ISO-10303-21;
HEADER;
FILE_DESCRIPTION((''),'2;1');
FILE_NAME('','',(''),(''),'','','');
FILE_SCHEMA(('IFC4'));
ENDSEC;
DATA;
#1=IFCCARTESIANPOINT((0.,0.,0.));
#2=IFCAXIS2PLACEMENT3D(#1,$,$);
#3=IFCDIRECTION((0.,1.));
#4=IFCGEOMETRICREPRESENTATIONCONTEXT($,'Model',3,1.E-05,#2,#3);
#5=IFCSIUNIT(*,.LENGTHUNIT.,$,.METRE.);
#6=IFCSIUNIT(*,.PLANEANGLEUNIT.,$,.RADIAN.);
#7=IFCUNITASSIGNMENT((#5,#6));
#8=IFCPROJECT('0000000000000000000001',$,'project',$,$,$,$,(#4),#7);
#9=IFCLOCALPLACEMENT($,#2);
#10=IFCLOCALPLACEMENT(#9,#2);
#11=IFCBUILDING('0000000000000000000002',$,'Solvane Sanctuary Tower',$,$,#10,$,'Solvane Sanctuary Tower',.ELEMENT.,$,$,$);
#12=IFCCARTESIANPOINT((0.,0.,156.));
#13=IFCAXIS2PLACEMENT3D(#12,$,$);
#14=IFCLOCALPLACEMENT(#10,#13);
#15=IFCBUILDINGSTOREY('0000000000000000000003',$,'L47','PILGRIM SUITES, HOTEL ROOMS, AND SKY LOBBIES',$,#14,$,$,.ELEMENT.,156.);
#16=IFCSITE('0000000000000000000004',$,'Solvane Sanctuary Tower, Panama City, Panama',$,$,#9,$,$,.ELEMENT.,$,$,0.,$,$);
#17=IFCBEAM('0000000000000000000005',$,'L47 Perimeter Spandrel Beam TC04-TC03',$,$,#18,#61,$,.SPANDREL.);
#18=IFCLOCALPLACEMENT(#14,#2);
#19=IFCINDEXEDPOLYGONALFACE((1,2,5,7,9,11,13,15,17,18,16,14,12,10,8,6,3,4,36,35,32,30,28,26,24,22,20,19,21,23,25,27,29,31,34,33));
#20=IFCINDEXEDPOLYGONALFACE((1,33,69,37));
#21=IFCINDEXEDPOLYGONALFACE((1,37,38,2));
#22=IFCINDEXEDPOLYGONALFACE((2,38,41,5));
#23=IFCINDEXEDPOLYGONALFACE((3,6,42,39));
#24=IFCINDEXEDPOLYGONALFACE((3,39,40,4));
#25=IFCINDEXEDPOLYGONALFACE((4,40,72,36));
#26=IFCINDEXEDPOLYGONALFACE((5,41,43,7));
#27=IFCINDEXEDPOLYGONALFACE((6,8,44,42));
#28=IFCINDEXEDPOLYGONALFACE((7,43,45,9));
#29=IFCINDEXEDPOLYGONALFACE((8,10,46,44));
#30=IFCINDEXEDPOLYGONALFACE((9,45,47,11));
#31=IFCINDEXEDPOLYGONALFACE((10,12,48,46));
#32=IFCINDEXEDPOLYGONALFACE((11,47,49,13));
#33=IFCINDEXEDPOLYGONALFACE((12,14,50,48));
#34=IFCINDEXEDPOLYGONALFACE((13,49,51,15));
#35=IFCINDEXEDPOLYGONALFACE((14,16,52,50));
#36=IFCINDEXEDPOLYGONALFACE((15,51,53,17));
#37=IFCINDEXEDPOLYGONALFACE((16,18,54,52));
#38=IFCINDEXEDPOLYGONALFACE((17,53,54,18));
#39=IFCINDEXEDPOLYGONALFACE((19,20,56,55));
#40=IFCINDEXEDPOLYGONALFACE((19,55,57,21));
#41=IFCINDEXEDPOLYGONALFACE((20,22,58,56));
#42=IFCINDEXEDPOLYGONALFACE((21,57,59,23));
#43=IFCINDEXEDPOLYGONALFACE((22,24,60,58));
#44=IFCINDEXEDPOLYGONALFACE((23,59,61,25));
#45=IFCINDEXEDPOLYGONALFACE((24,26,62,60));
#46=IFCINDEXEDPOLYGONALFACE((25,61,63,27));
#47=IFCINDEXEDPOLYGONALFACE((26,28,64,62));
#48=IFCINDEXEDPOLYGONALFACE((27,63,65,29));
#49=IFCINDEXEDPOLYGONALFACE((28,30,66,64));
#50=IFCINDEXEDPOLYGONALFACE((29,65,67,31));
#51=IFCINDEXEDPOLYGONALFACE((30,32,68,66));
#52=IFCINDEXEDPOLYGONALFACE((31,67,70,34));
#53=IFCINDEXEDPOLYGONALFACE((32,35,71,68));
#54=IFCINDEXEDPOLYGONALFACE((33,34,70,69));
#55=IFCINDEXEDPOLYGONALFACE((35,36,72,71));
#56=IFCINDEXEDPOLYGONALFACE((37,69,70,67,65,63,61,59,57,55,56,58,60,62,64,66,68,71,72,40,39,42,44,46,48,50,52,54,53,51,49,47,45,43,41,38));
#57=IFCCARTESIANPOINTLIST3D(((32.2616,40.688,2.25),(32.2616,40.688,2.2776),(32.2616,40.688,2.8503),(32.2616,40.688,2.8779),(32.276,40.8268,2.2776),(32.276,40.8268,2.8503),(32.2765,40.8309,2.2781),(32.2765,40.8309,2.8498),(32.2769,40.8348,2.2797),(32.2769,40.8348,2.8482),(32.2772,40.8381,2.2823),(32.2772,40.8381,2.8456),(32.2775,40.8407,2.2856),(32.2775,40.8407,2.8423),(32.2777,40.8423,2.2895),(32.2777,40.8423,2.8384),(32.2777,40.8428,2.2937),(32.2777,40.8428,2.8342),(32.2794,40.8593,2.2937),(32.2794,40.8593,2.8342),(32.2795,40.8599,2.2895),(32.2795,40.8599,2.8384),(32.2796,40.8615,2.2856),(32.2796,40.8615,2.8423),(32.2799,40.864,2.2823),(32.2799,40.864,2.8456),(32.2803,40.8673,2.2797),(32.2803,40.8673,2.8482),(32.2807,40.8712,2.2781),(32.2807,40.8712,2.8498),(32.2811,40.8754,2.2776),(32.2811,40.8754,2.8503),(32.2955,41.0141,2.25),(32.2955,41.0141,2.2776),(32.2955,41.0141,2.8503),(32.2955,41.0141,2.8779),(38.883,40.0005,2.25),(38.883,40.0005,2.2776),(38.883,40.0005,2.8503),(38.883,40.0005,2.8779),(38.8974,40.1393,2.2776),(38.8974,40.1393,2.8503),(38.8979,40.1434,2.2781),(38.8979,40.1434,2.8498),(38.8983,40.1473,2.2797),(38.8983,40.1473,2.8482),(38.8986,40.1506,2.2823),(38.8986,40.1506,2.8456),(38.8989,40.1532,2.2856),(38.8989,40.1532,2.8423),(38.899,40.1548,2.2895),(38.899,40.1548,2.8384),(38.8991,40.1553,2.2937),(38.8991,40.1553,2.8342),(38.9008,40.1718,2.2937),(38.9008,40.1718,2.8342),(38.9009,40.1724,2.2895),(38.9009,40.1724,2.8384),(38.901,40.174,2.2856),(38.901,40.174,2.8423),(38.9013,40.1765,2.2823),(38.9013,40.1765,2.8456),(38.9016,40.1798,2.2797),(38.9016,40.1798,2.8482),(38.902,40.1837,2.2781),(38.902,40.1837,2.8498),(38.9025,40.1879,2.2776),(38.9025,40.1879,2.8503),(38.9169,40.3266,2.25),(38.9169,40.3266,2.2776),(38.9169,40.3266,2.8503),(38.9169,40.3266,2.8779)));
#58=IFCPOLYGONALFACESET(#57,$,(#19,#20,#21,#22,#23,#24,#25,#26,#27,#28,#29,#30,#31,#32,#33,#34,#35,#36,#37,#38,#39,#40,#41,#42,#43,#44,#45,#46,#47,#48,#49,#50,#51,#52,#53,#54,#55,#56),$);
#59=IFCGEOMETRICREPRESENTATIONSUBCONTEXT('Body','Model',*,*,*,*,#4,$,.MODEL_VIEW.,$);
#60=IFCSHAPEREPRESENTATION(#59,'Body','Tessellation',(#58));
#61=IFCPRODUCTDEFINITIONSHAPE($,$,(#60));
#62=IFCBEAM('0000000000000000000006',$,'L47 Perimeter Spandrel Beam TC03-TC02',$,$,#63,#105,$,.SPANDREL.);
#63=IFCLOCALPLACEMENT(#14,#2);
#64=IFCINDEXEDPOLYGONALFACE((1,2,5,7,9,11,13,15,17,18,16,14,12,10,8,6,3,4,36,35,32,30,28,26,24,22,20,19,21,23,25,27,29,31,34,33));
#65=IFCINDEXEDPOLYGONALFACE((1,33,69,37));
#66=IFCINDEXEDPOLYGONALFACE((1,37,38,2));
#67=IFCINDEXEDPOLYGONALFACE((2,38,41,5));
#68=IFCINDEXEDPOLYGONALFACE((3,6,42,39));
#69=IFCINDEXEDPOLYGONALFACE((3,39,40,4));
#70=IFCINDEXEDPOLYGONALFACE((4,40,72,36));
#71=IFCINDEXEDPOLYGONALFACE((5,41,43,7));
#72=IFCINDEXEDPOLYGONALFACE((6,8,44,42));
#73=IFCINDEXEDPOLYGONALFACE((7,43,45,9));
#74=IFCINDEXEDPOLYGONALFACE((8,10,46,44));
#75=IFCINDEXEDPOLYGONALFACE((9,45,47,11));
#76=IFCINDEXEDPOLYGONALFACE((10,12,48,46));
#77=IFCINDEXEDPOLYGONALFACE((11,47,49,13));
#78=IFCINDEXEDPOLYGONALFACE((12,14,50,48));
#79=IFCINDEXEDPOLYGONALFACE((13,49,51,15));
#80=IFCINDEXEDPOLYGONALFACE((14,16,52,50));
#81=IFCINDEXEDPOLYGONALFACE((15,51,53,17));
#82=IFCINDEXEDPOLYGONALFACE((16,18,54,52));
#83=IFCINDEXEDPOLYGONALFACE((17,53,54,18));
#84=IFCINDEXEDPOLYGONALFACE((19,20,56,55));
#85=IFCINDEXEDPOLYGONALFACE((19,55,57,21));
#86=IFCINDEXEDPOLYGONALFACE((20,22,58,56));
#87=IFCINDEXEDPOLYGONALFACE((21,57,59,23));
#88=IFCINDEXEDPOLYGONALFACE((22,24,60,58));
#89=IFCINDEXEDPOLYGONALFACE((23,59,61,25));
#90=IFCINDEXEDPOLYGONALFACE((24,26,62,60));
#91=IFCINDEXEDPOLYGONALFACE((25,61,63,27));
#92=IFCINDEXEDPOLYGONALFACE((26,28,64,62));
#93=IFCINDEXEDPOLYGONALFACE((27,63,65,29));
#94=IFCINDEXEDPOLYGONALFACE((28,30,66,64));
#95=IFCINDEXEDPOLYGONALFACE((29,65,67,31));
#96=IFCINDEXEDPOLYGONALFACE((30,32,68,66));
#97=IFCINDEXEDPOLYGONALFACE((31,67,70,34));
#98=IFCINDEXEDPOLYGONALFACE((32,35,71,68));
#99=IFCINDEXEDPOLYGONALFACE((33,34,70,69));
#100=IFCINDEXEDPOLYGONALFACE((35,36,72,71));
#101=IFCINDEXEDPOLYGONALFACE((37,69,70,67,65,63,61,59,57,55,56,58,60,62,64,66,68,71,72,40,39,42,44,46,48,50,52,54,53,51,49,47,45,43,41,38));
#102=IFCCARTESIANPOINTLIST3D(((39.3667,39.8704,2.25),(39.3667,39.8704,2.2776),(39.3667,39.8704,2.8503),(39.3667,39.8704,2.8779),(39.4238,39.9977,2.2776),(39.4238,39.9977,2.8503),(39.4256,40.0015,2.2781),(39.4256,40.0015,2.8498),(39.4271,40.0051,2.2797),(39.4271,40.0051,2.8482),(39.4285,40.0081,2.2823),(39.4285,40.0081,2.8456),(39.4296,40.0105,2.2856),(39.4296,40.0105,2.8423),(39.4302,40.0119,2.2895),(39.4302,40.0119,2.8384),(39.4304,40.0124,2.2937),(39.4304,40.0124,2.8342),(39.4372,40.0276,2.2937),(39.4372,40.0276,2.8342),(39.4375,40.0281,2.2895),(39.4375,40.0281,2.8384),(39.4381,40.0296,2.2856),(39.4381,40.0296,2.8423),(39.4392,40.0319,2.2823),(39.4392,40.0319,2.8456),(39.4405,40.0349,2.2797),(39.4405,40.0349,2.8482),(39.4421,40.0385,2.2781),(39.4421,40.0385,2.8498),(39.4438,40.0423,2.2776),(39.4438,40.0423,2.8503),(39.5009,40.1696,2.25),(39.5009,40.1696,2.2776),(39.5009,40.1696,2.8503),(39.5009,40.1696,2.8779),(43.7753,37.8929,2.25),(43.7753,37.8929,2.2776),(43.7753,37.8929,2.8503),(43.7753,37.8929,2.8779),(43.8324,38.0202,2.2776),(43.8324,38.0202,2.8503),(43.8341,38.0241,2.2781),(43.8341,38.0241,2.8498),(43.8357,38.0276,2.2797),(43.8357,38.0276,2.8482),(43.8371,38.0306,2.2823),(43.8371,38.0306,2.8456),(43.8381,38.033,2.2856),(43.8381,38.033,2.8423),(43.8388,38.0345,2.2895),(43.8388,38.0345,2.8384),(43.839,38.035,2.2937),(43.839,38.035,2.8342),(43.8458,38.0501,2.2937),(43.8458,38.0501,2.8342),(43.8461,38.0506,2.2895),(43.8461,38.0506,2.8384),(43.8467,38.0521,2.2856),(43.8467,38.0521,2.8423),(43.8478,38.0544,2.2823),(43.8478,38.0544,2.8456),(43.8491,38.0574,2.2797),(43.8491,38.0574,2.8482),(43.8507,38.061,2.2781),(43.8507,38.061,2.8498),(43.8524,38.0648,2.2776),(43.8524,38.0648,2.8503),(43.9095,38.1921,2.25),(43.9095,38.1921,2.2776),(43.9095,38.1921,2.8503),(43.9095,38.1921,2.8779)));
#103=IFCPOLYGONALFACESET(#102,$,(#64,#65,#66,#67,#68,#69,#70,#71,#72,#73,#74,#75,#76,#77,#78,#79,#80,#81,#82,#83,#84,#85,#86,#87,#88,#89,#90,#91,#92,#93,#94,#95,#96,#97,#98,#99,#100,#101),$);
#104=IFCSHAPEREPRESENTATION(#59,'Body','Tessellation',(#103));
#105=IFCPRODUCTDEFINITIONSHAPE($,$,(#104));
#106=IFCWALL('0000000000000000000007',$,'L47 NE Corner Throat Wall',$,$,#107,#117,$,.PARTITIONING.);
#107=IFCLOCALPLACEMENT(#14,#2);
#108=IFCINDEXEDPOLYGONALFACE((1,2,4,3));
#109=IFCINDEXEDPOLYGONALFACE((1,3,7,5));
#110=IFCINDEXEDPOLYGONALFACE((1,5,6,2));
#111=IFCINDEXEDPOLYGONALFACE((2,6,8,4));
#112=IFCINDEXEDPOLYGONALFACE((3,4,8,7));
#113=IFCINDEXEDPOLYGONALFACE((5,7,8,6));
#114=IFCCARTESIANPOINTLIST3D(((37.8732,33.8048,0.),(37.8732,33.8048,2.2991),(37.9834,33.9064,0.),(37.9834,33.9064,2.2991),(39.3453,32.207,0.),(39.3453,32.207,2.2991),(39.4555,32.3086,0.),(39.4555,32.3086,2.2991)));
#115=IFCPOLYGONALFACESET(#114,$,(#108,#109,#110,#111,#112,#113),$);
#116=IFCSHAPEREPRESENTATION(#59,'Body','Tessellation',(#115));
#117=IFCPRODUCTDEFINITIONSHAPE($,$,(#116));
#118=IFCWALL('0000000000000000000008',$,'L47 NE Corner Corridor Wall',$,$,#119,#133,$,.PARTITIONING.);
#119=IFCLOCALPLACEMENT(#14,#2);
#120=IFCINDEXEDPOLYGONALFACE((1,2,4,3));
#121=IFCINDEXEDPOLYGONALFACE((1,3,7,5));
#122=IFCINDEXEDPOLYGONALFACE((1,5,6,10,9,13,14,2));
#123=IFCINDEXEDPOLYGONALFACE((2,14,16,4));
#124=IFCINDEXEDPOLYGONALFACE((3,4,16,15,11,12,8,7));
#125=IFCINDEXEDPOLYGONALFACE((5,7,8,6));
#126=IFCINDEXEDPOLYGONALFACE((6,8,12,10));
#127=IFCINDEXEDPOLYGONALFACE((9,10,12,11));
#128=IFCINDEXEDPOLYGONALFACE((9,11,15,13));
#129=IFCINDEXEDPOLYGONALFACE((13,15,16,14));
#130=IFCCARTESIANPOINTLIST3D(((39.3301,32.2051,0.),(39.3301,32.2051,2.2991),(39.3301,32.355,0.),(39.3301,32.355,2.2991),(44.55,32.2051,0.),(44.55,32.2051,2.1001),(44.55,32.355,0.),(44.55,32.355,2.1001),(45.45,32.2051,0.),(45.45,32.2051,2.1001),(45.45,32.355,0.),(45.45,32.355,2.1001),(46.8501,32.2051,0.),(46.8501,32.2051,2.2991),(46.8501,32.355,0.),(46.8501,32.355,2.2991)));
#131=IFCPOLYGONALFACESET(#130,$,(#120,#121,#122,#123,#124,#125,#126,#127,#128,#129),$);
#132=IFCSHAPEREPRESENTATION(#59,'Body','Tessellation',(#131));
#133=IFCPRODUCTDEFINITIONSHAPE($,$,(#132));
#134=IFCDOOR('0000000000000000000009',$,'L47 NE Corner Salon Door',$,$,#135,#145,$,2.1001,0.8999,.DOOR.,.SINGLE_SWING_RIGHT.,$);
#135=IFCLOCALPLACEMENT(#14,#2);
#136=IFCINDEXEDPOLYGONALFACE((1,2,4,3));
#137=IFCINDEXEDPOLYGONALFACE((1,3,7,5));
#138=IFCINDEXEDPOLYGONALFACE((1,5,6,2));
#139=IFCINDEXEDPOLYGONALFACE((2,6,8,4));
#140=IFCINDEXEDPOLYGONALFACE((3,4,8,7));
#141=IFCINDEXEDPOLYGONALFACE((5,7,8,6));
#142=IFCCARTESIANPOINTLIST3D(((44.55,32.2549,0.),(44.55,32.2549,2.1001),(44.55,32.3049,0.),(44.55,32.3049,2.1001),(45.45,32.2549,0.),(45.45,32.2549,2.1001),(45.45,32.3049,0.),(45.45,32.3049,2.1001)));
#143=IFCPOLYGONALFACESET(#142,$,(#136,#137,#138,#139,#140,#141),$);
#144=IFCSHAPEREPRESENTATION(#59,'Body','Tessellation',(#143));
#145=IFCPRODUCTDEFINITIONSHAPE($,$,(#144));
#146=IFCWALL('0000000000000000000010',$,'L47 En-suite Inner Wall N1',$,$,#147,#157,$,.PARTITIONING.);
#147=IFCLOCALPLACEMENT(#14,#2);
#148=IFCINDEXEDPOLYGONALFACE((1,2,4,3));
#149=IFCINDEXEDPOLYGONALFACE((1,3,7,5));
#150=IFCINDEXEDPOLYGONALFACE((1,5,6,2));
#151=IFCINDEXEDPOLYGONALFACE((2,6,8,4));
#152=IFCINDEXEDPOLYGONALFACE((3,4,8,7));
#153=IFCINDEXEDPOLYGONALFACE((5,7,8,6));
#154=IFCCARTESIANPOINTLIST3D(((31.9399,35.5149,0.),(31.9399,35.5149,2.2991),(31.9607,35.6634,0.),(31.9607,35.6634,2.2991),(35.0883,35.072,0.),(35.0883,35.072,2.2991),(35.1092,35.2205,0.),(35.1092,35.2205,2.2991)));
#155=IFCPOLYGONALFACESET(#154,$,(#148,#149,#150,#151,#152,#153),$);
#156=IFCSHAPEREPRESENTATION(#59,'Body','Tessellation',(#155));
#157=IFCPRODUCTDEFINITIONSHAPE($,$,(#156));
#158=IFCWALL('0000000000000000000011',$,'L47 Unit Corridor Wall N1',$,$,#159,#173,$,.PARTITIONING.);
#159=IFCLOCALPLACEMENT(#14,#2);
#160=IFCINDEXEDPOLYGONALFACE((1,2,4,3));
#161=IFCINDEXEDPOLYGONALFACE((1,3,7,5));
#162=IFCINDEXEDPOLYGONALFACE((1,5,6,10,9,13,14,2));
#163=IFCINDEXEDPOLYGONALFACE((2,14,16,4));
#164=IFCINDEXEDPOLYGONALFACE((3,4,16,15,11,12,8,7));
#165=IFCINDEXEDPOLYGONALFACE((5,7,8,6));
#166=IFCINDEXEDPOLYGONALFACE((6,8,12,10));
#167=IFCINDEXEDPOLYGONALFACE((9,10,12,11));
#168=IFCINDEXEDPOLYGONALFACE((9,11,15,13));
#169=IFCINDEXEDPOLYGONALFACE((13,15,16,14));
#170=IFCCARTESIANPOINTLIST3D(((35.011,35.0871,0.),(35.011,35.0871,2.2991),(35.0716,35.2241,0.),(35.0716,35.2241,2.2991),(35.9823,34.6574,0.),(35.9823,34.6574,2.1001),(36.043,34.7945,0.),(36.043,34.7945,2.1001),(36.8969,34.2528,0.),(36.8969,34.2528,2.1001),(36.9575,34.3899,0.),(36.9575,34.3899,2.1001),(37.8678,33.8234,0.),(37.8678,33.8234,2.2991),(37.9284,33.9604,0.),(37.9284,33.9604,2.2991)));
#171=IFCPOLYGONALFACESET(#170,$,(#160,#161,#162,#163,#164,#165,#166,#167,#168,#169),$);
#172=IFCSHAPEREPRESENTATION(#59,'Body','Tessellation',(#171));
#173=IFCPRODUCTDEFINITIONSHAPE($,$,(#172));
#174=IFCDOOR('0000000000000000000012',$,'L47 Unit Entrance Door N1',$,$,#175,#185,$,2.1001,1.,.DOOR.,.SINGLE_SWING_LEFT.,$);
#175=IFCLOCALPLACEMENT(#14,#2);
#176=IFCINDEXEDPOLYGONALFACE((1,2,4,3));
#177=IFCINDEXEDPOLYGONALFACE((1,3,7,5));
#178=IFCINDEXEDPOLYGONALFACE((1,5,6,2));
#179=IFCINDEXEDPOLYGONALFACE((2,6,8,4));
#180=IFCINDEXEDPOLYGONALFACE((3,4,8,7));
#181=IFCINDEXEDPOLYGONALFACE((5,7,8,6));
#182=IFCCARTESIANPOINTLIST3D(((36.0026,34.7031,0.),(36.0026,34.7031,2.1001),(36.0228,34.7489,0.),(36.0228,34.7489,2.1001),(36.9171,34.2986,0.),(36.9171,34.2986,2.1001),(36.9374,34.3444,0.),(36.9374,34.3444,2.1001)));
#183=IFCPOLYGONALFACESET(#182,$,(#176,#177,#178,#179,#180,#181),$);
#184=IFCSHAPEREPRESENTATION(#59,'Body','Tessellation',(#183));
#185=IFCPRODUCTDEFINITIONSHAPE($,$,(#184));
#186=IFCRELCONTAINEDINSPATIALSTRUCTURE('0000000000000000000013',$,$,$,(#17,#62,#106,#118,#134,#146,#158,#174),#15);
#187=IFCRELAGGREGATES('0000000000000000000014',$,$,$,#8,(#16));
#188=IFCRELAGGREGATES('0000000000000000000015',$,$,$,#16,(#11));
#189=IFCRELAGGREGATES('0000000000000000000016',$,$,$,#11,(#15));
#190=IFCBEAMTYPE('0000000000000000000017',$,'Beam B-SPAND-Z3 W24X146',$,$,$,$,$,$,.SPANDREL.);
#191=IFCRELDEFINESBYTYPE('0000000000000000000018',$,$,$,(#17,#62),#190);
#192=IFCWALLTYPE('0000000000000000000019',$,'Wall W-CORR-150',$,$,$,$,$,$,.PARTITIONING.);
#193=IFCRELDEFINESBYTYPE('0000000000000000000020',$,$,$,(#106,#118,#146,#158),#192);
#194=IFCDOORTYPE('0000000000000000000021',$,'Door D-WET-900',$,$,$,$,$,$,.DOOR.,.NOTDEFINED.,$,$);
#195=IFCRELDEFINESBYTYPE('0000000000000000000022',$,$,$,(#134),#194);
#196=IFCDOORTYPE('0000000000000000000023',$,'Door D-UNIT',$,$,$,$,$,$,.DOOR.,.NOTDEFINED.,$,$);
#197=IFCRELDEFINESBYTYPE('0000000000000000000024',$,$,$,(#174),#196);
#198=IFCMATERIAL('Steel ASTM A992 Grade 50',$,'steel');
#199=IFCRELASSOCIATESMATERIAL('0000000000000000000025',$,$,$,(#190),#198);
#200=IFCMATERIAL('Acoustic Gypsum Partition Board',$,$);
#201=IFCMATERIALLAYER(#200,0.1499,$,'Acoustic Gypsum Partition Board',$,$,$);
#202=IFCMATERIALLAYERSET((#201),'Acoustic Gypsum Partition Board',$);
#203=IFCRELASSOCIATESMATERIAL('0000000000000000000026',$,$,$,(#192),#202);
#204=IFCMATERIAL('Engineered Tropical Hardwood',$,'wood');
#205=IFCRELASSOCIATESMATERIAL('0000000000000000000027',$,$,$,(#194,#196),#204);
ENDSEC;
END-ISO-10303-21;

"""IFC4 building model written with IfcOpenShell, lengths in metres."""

from ifc_helpers import new_model, si_unit, direction, frame, frame_2d, origin, origin_2d, place, context, subcontext, project, spatial, rectangle, i_section, extrude, material, layer, layer_set, material_profile, profile_set, type_object, element, fill, save


model = new_model("IFC4")

# Units and contexts
model_context = context("Model", 3, precision=1e-05, world=origin(), true_north=direction((0.0, 1.0)))
body_context = subcontext(model_context, "Body", "Model", "MODEL_VIEW")
ifc_project = project(units=[si_unit("LENGTHUNIT", "METRE"), si_unit("PLANEANGLEUNIT", "RADIAN")], contexts=[model_context])

# Site, building, storey
site_placement = place(None, origin())
site = spatial("IfcSite", under=ifc_project, at=site_placement, Name="Solvane Sanctuary Tower, Panama City, Panama", CompositionType="ELEMENT", RefElevation=0.0)
building_placement = place(site_placement, origin())
building = spatial("IfcBuilding", under=site, at=building_placement, Name="Solvane Sanctuary Tower", LongName="Solvane Sanctuary Tower", CompositionType="ELEMENT")
storey_placement = place(building_placement, frame((0.0, 0.0, 156.0)))
storey = spatial("IfcBuildingStorey", under=building, at=storey_placement, Name="L47", Description="PILGRIM SUITES, HOTEL ROOMS, AND SKY LOBBIES", CompositionType="ELEMENT", Elevation=156.0)

# Beams
ifc_material_1 = material(Name="Steel ASTM A992 Grade 50", Category="steel")
ifc_material_profile_1 = material_profile(ifc_material_1, i_section(OverallWidth=0.3279, OverallDepth=0.6279, WebThickness=0.0166, FlangeThickness=0.0276, FilletRadius=0.0161, at=origin_2d()), Name="W24X146")
ifc_profile_set_1 = profile_set([ifc_material_profile_1], Name="Steel ASTM A992 Grade 50")
beam_type_1 = type_object("IfcBeamType", Name="Beam B-SPAND-Z3 W24X146", PredefinedType="SPANDREL", material=ifc_profile_set_1)
beam_1_placement = place(storey_placement, frame((32.2786, 40.8511, 2.564), z_axis=(0.994653, -0.103276, 0.0), x_axis=(0.103276, 0.994653, 0.0)))
element("IfcBeam", 1, at=beam_1_placement, inside=storey, type_object=beam_type_1, Name="L47 Perimeter Spandrel Beam TC04-TC03", PredefinedType="SPANDREL", context=body_context, shape_type="SweptSolid", body=[
    extrude(i_section(OverallWidth=0.3279, OverallDepth=0.6279, WebThickness=0.0166, FlangeThickness=0.0276, FilletRadius=0.0161, at=origin_2d()), origin(), (0.0, 0.0, 1.0), 6.657),
])
beam_2_placement = place(storey_placement, frame((39.4338, 40.02, 2.564), z_axis=(0.912414, -0.409268, 0.0), x_axis=(0.409268, 0.912414, 0.0)))
element("IfcBeam", 2, at=beam_2_placement, inside=storey, type_object=beam_type_1, Name="L47 Perimeter Spandrel Beam TC03-TC02", PredefinedType="SPANDREL", context=body_context, shape_type="SweptSolid", body=[
    extrude(i_section(OverallWidth=0.3279, OverallDepth=0.6279, WebThickness=0.0166, FlangeThickness=0.0276, FilletRadius=0.0161, at=origin_2d()), origin(), (0.0, 0.0, 1.0), 4.8318),
])

# Wall
ifc_material_2 = material(Name="Acoustic Gypsum Partition Board")
ifc_layer_1 = layer(ifc_material_2, 0.1499, Name="Acoustic Gypsum Partition Board")
ifc_layer_set_1 = layer_set([ifc_layer_1], Name="Acoustic Gypsum Partition Board")
wall_type_1 = type_object("IfcWallType", Name="Wall W-CORR-150", PredefinedType="PARTITIONING", material=ifc_layer_set_1)
wall_1_placement = place(storey_placement, frame((37.9282, 33.8557, 0.0), z_axis=(0.0, 0.0, 1.0), x_axis=(0.67758, -0.735449, 0.0)))
element("IfcWall", 3, at=wall_1_placement, inside=storey, type_object=wall_type_1, Name="L47 NE Corner Throat Wall", PredefinedType="PARTITIONING", context=body_context, shape_type="SweptSolid", body=[
    extrude(rectangle(XDim=2.1726, YDim=0.1499, at=frame_2d((1.0864, 0.0))), origin(), (0.0, 0.0, 1.0), 2.2991),
])

# Wall, opening, door
wall_2_placement = place(storey_placement, frame((39.3301, 32.28, 0.0), z_axis=(0.0, 0.0, 1.0), x_axis=(1.0, 0.0, 0.0)))
wall_2 = element("IfcWall", 4, at=wall_2_placement, inside=storey, type_object=wall_type_1, Name="L47 NE Corner Corridor Wall", PredefinedType="PARTITIONING", context=body_context, shape_type="SweptSolid", body=[
    extrude(rectangle(XDim=7.52, YDim=0.1499, at=frame_2d((3.76, 0.0))), origin(), (0.0, 0.0, 1.0), 2.2991),
])
opening_1_placement = place(wall_2_placement, frame((5.22, 0.0, 0.0)))
opening_1 = element("IfcOpeningElement", 5, at=opening_1_placement, cuts=wall_2, PredefinedType="OPENING", context=body_context, shape_type="SweptSolid", body=[
    extrude(rectangle(XDim=0.8999, YDim=2.1001, at=frame_2d((0.45, 1.05))), frame((0.0, 0.085, 0.0), z_axis=(0.0, -1.0, 0.0), x_axis=(1.0, 0.0, 0.0)), (0.0, 0.0, 1.0), 0.1699),
])
ifc_material_3 = material(Name="Engineered Tropical Hardwood", Category="wood")
door_type_1 = type_object("IfcDoorType", Name="Door D-WET-900", OperationType="NOTDEFINED", PredefinedType="DOOR", material=ifc_material_3)
door_1_placement = place(opening_1_placement, origin())
door_1 = element("IfcDoor", 6, at=door_1_placement, inside=storey, type_object=door_type_1, Name="L47 NE Corner Salon Door", OperationType="SINGLE_SWING_RIGHT", OverallHeight=2.1001, OverallWidth=0.8999, PredefinedType="DOOR", context=body_context, shape_type="SweptSolid", body=[
    extrude(rectangle(XDim=0.8999, YDim=2.1001, at=frame_2d((0.45, 1.05))), frame((0.0, 0.0249, 0.0), z_axis=(0.0, -1.0, 0.0), x_axis=(1.0, 0.0, 0.0)), (0.0, 0.0, 1.0), 0.05),
])
fill(opening_1, door_1)

# Wall
wall_3_placement = place(storey_placement, frame((35.0989, 35.1462, 0.0), z_axis=(0.0, 0.0, 1.0), x_axis=(-0.990251, 0.139292, 0.0)))
element("IfcWall", 7, at=wall_3_placement, inside=storey, type_object=wall_type_1, Name="L47 En-suite Inner Wall N1", PredefinedType="PARTITIONING", context=body_context, shape_type="SweptSolid", body=[
    extrude(rectangle(XDim=3.1794, YDim=0.1499, at=frame_2d((1.5898, 0.0))), origin(), (0.0, 0.0, 1.0), 2.2991),
])

# Wall, opening, door
wall_4_placement = place(storey_placement, frame((37.8982, 33.8918, 0.0), z_axis=(0.0, 0.0, 1.0), x_axis=(-0.914519, 0.404542, 0.0)))
wall_4 = element("IfcWall", 8, at=wall_4_placement, inside=storey, type_object=wall_type_1, Name="L47 Unit Corridor Wall N1", PredefinedType="PARTITIONING", context=body_context, shape_type="SweptSolid", body=[
    extrude(rectangle(XDim=3.1238, YDim=0.1499, at=frame_2d((1.562, 0.0))), origin(), (0.0, 0.0, 1.0), 2.2991),
])
opening_2_placement = place(wall_4_placement, frame((1.0618, 0.0, 0.0)))
opening_2 = element("IfcOpeningElement", 9, at=opening_2_placement, cuts=wall_4, PredefinedType="OPENING", context=body_context, shape_type="SweptSolid", body=[
    extrude(rectangle(XDim=1.0, YDim=2.1001, at=frame_2d((0.5, 1.05))), frame((0.0, 0.085, 0.0), z_axis=(0.0, -1.0, 0.0), x_axis=(1.0, 0.0, 0.0)), (0.0, 0.0, 1.0), 0.1699),
])
door_type_2 = type_object("IfcDoorType", Name="Door D-UNIT", OperationType="NOTDEFINED", PredefinedType="DOOR", material=ifc_material_3)
door_2_placement = place(opening_2_placement, origin())
door_2 = element("IfcDoor", 10, at=door_2_placement, inside=storey, type_object=door_type_2, Name="L47 Unit Entrance Door N1", OperationType="SINGLE_SWING_LEFT", OverallHeight=2.1001, OverallWidth=1.0, PredefinedType="DOOR", context=body_context, shape_type="SweptSolid", body=[
    extrude(rectangle(XDim=1.0, YDim=2.1001, at=frame_2d((0.5, 1.05))), frame((0.0, 0.0249, 0.0), z_axis=(0.0, -1.0, 0.0), x_axis=(1.0, 0.0, 0.0)), (0.0, 0.0, 1.0), 0.05),
])
fill(opening_2, door_2)

save(model, "model.ifc")
